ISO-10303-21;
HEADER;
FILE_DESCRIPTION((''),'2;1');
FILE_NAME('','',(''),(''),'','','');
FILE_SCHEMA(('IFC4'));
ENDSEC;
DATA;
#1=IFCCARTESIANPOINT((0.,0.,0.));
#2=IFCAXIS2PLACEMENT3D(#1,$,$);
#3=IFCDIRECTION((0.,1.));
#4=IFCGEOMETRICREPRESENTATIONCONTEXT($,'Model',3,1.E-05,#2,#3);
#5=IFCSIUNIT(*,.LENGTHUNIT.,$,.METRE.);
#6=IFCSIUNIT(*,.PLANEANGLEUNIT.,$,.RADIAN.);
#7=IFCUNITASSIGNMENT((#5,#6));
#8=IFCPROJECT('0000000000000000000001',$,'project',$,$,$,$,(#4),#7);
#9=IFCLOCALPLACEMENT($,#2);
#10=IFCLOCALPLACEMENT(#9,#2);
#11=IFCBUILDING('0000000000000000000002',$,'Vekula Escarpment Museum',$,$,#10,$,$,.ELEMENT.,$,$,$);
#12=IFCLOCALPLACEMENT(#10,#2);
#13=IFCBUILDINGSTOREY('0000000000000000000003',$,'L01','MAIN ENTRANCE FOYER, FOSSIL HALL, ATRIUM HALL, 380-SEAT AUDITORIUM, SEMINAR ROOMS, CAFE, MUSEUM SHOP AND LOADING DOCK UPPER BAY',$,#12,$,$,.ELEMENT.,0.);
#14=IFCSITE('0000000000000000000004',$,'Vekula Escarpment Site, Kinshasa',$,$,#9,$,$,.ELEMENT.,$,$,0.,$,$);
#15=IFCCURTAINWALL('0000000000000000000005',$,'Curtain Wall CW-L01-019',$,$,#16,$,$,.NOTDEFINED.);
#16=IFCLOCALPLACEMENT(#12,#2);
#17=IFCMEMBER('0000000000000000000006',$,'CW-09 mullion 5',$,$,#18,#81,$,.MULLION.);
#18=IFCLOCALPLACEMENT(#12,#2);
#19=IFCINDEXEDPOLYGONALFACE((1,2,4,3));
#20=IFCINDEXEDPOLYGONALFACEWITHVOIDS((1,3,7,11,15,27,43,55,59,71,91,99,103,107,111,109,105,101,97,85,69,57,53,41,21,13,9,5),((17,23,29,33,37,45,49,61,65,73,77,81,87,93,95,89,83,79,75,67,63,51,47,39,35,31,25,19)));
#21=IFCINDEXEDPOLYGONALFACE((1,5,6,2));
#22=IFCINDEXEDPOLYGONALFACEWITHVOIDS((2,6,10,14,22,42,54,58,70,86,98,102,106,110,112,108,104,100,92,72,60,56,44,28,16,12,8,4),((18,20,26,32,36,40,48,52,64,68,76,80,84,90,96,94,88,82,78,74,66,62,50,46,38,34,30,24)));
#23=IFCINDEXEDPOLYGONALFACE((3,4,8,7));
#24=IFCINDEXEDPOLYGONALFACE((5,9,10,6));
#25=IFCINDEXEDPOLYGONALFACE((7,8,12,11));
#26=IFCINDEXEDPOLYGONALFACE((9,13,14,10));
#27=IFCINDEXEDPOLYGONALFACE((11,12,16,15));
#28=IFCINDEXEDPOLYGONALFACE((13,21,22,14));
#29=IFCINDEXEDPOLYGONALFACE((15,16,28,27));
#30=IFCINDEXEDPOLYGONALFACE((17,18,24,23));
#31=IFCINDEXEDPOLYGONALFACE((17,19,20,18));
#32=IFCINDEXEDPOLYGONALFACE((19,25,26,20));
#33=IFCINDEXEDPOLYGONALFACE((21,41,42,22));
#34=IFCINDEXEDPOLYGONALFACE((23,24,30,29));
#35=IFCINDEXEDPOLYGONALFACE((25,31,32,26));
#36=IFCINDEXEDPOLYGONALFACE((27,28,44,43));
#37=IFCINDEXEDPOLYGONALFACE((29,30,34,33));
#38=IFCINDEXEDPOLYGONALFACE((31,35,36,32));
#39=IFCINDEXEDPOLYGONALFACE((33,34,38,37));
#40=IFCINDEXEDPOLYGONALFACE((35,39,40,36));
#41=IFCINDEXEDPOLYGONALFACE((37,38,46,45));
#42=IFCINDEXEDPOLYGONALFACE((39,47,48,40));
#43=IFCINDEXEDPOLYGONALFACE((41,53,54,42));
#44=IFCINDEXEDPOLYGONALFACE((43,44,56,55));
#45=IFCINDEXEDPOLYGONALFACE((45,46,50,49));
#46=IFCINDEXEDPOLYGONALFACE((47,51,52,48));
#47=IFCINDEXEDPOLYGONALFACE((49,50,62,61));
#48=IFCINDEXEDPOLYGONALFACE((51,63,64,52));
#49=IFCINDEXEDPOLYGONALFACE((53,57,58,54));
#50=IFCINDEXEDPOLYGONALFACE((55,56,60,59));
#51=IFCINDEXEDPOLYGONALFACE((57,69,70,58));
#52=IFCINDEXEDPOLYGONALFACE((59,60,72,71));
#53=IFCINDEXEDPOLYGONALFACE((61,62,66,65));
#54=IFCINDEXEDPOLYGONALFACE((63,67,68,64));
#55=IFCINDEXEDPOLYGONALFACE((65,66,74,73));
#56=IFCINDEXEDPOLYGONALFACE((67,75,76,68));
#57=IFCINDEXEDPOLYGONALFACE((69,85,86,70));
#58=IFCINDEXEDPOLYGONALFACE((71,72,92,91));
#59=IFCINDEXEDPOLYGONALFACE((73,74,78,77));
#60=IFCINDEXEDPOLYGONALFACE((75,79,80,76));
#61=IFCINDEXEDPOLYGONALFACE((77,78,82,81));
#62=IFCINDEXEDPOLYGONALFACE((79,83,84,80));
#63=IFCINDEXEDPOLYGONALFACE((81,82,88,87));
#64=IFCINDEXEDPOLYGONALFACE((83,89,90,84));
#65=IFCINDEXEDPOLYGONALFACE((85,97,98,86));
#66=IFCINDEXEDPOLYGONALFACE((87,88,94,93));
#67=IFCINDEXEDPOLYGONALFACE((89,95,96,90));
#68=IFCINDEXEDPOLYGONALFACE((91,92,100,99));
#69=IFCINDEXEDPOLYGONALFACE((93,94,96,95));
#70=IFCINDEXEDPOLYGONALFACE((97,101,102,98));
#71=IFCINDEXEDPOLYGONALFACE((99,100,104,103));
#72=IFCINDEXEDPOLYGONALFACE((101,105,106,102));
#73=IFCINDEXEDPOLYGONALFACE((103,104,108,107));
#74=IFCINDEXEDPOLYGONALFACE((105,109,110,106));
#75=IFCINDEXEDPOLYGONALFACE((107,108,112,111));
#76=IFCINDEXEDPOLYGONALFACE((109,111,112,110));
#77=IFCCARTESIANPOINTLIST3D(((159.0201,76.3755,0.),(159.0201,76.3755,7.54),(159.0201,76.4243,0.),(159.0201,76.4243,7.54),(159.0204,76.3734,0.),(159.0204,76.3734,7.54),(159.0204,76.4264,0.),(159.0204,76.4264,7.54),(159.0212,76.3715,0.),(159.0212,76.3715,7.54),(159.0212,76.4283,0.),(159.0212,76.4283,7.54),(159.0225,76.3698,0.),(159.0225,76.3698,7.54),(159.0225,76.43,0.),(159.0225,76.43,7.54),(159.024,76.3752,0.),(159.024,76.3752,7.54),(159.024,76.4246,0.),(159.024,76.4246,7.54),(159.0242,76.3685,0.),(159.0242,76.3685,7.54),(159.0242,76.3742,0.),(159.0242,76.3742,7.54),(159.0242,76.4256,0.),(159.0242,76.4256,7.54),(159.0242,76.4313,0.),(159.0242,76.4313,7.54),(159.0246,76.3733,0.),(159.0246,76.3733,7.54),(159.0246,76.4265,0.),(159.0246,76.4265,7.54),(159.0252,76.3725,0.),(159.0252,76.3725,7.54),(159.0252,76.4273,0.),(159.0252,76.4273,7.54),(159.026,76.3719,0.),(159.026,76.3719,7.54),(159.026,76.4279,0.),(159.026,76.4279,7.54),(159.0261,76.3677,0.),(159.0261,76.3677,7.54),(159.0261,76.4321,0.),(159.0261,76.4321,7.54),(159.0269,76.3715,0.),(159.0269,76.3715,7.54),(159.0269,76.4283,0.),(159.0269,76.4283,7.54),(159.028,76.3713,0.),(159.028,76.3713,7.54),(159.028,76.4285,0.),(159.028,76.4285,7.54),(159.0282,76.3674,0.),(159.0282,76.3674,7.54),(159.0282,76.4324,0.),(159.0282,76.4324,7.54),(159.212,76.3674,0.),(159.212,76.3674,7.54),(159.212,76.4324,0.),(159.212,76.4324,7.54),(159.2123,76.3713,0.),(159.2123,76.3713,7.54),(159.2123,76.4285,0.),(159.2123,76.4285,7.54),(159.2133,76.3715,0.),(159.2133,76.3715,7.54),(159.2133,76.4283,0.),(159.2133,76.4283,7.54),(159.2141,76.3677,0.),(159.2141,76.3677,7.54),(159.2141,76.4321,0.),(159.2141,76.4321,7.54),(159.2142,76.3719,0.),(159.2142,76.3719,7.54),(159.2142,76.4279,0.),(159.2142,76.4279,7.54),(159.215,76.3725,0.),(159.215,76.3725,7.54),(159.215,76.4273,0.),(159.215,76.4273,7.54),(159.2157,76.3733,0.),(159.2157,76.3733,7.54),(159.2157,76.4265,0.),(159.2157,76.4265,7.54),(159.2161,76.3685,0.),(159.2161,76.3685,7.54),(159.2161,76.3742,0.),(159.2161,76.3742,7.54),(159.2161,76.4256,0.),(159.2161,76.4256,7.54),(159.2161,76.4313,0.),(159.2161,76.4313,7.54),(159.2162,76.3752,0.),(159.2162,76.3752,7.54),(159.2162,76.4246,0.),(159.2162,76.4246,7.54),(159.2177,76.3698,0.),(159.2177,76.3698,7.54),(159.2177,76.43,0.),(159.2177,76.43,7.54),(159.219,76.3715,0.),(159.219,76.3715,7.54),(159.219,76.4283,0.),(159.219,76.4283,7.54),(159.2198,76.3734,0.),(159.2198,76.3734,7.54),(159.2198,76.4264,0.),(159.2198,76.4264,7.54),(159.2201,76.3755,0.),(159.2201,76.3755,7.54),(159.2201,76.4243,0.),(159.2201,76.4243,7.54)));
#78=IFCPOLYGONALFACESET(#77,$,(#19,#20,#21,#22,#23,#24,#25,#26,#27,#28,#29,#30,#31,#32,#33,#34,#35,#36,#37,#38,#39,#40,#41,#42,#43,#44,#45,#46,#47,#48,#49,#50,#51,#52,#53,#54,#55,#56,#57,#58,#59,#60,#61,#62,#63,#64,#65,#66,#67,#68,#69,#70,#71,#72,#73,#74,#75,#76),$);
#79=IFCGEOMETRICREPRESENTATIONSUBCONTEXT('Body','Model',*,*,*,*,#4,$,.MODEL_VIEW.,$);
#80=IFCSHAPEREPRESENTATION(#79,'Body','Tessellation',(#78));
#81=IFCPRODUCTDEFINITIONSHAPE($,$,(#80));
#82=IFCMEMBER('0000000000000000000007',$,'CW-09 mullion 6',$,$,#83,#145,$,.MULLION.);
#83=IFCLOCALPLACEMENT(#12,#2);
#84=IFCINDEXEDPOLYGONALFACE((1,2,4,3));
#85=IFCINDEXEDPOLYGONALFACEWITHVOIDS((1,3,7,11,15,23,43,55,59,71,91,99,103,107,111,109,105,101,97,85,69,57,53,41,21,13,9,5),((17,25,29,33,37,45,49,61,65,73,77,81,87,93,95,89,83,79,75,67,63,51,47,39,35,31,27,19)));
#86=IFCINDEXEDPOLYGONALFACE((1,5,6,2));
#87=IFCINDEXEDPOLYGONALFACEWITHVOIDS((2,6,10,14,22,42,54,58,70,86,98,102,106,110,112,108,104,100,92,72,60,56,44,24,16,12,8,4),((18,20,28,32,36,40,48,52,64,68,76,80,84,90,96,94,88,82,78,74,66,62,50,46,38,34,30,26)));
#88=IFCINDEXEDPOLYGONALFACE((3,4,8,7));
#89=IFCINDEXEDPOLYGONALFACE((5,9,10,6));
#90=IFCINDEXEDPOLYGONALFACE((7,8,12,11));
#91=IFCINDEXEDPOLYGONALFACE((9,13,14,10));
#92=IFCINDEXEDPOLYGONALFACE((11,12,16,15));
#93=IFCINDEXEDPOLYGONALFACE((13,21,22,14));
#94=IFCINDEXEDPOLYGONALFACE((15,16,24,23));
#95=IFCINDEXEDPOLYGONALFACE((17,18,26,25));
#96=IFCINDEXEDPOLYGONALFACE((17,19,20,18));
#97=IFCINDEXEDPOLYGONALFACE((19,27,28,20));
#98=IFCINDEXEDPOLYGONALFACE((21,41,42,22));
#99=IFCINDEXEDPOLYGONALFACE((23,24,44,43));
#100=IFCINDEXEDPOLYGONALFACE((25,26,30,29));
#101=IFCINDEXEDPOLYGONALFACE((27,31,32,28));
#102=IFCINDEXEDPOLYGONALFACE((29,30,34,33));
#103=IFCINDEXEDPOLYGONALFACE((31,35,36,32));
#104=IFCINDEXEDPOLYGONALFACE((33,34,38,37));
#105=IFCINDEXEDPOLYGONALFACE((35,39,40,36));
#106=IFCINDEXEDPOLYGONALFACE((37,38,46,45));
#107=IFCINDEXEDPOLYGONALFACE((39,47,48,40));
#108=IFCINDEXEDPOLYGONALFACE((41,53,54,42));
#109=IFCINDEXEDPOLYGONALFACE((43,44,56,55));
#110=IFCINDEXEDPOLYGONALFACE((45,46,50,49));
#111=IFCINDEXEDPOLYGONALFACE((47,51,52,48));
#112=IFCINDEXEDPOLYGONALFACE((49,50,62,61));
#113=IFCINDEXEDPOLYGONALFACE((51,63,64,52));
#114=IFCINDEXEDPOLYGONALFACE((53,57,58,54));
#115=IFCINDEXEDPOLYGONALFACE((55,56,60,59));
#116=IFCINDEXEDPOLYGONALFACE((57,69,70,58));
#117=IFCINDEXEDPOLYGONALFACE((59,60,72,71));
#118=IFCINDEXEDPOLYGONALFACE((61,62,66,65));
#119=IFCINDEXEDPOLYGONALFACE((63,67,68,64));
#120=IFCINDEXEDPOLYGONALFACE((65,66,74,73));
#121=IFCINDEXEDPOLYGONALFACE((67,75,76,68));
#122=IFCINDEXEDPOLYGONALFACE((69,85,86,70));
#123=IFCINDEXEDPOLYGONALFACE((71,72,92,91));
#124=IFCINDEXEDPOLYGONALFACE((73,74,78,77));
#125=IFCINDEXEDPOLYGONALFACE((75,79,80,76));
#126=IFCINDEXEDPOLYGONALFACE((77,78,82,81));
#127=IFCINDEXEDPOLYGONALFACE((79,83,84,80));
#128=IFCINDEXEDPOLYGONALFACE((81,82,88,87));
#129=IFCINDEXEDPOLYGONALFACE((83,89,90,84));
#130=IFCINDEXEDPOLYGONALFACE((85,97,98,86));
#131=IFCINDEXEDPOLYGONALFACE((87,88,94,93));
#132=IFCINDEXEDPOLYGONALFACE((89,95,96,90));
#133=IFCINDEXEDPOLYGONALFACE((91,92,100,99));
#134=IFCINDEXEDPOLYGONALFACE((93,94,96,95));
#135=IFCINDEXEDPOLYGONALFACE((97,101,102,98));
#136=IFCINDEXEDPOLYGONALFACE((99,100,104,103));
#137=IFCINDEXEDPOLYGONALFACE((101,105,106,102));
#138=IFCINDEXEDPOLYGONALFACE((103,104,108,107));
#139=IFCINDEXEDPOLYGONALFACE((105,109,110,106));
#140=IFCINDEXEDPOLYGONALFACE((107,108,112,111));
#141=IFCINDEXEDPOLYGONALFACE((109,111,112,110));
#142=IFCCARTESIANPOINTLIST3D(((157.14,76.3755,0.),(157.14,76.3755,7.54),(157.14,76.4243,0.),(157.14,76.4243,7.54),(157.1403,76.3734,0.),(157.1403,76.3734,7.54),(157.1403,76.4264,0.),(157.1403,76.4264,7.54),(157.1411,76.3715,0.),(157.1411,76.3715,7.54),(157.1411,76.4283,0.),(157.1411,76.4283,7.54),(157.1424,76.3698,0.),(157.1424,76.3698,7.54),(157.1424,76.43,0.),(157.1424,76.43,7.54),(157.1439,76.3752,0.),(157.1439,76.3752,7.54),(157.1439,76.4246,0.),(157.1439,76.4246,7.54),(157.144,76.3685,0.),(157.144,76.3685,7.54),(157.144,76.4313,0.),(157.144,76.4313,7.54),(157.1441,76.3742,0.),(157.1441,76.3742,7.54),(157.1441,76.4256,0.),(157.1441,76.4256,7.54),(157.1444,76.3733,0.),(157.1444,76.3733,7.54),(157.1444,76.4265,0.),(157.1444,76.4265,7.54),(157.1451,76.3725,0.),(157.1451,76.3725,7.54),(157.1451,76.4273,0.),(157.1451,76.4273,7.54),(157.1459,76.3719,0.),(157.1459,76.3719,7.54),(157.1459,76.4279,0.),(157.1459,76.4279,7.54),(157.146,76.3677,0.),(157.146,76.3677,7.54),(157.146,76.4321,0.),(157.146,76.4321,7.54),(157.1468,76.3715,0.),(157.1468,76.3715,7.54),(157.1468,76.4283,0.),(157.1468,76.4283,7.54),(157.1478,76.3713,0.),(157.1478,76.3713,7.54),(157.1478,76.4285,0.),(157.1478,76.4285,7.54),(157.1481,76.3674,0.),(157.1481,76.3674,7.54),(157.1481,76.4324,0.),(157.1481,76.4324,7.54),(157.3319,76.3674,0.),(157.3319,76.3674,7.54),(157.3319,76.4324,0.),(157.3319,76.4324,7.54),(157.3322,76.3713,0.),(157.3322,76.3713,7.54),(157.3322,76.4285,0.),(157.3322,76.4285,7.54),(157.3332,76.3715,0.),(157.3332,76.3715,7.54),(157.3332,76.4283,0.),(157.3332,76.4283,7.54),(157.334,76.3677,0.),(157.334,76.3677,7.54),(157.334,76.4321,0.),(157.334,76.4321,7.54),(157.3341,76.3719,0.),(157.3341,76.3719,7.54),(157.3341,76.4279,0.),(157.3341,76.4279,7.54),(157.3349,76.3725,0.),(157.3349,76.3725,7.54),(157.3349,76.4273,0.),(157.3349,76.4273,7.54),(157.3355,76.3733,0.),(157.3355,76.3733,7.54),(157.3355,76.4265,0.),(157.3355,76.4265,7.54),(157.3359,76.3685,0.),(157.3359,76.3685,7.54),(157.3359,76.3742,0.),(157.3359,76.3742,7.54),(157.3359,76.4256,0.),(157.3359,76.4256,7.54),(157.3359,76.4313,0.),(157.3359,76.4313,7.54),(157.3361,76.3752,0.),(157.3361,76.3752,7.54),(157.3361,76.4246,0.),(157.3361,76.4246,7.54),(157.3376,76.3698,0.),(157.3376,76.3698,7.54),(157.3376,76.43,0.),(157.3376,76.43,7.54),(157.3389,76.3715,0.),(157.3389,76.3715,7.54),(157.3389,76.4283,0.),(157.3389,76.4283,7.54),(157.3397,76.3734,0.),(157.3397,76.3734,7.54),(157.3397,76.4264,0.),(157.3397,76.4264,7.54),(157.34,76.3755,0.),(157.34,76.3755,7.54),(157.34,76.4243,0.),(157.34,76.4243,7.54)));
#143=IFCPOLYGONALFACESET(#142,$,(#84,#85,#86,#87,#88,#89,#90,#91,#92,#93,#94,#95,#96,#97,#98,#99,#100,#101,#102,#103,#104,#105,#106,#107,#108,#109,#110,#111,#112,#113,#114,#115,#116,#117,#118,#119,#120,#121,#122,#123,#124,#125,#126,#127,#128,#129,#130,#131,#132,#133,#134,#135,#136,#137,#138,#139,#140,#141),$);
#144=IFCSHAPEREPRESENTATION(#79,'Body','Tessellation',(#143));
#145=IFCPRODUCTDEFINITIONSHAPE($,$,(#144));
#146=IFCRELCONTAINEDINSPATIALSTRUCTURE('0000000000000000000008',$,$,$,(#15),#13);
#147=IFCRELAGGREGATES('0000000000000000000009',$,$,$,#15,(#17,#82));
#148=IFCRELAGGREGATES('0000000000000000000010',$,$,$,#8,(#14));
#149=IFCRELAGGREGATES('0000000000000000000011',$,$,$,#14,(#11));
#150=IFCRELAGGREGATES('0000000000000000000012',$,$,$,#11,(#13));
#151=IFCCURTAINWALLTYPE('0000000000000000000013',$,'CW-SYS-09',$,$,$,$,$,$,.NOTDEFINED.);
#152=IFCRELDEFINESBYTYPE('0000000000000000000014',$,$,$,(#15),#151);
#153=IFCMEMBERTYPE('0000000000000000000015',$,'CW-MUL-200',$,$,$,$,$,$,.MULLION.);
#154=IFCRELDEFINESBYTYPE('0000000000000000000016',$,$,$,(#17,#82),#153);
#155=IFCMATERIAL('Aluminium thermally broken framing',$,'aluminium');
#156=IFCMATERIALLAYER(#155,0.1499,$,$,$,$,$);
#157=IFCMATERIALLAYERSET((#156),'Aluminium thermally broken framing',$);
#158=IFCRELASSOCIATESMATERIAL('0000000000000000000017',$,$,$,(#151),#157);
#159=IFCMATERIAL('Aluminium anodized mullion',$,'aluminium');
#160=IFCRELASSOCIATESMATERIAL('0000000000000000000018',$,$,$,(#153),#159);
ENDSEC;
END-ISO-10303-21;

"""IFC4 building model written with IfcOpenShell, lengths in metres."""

from ifc_helpers import new_model, si_unit, direction, frame, origin, origin_2d, place, context, subcontext, project, spatial, hollow_rectangle, extrude, material, layer, layer_set, material_profile, profile_set, type_object, element, aggregate, save


model = new_model("IFC4")

# Units and contexts
model_context = context("Model", 3, precision=1e-05, world=origin(), true_north=direction((0.0, 1.0)))
body_context = subcontext(model_context, "Body", "Model", "MODEL_VIEW")
ifc_project = project(units=[si_unit("LENGTHUNIT", "METRE"), si_unit("PLANEANGLEUNIT", "RADIAN")], contexts=[model_context])

# Site, building, storey
site_placement = place(None, origin())
site = spatial("IfcSite", under=ifc_project, at=site_placement, Name="Vekula Escarpment Site, Kinshasa", CompositionType="ELEMENT", RefElevation=0.0)
building_placement = place(site_placement, origin())
building = spatial("IfcBuilding", under=site, at=building_placement, Name="Vekula Escarpment Museum", CompositionType="ELEMENT")
storey_placement = place(building_placement, origin())
storey = spatial("IfcBuildingStorey", under=building, at=storey_placement, Name="L01", Description="MAIN ENTRANCE FOYER, FOSSIL HALL, ATRIUM HALL, 380-SEAT AUDITORIUM, SEMINAR ROOMS, CAFE, MUSEUM SHOP AND LOADING DOCK UPPER BAY", CompositionType="ELEMENT", Elevation=0.0)

# Curtain wall, members
ifc_material_1 = material(Name="Aluminium thermally broken framing", Category="aluminium")
ifc_layer_1 = layer(ifc_material_1, 0.1499)
ifc_layer_set_1 = layer_set([ifc_layer_1], Name="Aluminium thermally broken framing")
curtain_wall_type_1 = type_object("IfcCurtainWallType", Name="CW-SYS-09", PredefinedType="NOTDEFINED", material=ifc_layer_set_1)
curtain_wall_1_placement = place(storey_placement, origin())
curtain_wall_1 = element("IfcCurtainWall", 1, at=curtain_wall_1_placement, inside=storey, type_object=curtain_wall_type_1, Name="Curtain Wall CW-L01-019", PredefinedType="NOTDEFINED")
ifc_material_2 = material(Name="Aluminium anodized mullion", Category="aluminium")
ifc_material_profile_1 = material_profile(ifc_material_2, hollow_rectangle(XDim=0.0649, YDim=0.2, WallThickness=0.0039, InnerFilletRadius=0.0039, OuterFilletRadius=0.0081, at=origin_2d()), Name="ALU 200x65x4")
ifc_profile_set_1 = profile_set([ifc_material_profile_1], Name="Aluminium anodized mullion")
member_type_1 = type_object("IfcMemberType", Name="CW-MUL-200", PredefinedType="MULLION", material=ifc_profile_set_1)
member_1_placement = place(storey_placement, frame((159.1201, 76.3999, 0.0), z_axis=(0.0, 0.0, 1.0), x_axis=(0.0, -1.0, 0.0)))
member_1 = element("IfcMember", 2, at=member_1_placement, type_object=member_type_1, Name="CW-09 mullion 5", PredefinedType="MULLION", context=body_context, shape_type="SweptSolid", body=[
    extrude(hollow_rectangle(XDim=0.0649, YDim=0.2, WallThickness=0.0039, InnerFilletRadius=0.0039, OuterFilletRadius=0.0081, at=origin_2d()), origin(), (0.0, 0.0, 1.0), 7.54),
])
member_2_placement = place(storey_placement, frame((157.24, 76.3999, 0.0), z_axis=(0.0, 0.0, 1.0), x_axis=(0.0, -1.0, 0.0)))
member_2 = element("IfcMember", 3, at=member_2_placement, type_object=member_type_1, Name="CW-09 mullion 6", PredefinedType="MULLION", context=body_context, shape_type="SweptSolid", body=[
    extrude(hollow_rectangle(XDim=0.0649, YDim=0.2, WallThickness=0.0039, InnerFilletRadius=0.0039, OuterFilletRadius=0.0081, at=origin_2d()), origin(), (0.0, 0.0, 1.0), 7.54),
])

aggregate(curtain_wall_1, [member_1, member_2])

save(model, "model.ifc")
